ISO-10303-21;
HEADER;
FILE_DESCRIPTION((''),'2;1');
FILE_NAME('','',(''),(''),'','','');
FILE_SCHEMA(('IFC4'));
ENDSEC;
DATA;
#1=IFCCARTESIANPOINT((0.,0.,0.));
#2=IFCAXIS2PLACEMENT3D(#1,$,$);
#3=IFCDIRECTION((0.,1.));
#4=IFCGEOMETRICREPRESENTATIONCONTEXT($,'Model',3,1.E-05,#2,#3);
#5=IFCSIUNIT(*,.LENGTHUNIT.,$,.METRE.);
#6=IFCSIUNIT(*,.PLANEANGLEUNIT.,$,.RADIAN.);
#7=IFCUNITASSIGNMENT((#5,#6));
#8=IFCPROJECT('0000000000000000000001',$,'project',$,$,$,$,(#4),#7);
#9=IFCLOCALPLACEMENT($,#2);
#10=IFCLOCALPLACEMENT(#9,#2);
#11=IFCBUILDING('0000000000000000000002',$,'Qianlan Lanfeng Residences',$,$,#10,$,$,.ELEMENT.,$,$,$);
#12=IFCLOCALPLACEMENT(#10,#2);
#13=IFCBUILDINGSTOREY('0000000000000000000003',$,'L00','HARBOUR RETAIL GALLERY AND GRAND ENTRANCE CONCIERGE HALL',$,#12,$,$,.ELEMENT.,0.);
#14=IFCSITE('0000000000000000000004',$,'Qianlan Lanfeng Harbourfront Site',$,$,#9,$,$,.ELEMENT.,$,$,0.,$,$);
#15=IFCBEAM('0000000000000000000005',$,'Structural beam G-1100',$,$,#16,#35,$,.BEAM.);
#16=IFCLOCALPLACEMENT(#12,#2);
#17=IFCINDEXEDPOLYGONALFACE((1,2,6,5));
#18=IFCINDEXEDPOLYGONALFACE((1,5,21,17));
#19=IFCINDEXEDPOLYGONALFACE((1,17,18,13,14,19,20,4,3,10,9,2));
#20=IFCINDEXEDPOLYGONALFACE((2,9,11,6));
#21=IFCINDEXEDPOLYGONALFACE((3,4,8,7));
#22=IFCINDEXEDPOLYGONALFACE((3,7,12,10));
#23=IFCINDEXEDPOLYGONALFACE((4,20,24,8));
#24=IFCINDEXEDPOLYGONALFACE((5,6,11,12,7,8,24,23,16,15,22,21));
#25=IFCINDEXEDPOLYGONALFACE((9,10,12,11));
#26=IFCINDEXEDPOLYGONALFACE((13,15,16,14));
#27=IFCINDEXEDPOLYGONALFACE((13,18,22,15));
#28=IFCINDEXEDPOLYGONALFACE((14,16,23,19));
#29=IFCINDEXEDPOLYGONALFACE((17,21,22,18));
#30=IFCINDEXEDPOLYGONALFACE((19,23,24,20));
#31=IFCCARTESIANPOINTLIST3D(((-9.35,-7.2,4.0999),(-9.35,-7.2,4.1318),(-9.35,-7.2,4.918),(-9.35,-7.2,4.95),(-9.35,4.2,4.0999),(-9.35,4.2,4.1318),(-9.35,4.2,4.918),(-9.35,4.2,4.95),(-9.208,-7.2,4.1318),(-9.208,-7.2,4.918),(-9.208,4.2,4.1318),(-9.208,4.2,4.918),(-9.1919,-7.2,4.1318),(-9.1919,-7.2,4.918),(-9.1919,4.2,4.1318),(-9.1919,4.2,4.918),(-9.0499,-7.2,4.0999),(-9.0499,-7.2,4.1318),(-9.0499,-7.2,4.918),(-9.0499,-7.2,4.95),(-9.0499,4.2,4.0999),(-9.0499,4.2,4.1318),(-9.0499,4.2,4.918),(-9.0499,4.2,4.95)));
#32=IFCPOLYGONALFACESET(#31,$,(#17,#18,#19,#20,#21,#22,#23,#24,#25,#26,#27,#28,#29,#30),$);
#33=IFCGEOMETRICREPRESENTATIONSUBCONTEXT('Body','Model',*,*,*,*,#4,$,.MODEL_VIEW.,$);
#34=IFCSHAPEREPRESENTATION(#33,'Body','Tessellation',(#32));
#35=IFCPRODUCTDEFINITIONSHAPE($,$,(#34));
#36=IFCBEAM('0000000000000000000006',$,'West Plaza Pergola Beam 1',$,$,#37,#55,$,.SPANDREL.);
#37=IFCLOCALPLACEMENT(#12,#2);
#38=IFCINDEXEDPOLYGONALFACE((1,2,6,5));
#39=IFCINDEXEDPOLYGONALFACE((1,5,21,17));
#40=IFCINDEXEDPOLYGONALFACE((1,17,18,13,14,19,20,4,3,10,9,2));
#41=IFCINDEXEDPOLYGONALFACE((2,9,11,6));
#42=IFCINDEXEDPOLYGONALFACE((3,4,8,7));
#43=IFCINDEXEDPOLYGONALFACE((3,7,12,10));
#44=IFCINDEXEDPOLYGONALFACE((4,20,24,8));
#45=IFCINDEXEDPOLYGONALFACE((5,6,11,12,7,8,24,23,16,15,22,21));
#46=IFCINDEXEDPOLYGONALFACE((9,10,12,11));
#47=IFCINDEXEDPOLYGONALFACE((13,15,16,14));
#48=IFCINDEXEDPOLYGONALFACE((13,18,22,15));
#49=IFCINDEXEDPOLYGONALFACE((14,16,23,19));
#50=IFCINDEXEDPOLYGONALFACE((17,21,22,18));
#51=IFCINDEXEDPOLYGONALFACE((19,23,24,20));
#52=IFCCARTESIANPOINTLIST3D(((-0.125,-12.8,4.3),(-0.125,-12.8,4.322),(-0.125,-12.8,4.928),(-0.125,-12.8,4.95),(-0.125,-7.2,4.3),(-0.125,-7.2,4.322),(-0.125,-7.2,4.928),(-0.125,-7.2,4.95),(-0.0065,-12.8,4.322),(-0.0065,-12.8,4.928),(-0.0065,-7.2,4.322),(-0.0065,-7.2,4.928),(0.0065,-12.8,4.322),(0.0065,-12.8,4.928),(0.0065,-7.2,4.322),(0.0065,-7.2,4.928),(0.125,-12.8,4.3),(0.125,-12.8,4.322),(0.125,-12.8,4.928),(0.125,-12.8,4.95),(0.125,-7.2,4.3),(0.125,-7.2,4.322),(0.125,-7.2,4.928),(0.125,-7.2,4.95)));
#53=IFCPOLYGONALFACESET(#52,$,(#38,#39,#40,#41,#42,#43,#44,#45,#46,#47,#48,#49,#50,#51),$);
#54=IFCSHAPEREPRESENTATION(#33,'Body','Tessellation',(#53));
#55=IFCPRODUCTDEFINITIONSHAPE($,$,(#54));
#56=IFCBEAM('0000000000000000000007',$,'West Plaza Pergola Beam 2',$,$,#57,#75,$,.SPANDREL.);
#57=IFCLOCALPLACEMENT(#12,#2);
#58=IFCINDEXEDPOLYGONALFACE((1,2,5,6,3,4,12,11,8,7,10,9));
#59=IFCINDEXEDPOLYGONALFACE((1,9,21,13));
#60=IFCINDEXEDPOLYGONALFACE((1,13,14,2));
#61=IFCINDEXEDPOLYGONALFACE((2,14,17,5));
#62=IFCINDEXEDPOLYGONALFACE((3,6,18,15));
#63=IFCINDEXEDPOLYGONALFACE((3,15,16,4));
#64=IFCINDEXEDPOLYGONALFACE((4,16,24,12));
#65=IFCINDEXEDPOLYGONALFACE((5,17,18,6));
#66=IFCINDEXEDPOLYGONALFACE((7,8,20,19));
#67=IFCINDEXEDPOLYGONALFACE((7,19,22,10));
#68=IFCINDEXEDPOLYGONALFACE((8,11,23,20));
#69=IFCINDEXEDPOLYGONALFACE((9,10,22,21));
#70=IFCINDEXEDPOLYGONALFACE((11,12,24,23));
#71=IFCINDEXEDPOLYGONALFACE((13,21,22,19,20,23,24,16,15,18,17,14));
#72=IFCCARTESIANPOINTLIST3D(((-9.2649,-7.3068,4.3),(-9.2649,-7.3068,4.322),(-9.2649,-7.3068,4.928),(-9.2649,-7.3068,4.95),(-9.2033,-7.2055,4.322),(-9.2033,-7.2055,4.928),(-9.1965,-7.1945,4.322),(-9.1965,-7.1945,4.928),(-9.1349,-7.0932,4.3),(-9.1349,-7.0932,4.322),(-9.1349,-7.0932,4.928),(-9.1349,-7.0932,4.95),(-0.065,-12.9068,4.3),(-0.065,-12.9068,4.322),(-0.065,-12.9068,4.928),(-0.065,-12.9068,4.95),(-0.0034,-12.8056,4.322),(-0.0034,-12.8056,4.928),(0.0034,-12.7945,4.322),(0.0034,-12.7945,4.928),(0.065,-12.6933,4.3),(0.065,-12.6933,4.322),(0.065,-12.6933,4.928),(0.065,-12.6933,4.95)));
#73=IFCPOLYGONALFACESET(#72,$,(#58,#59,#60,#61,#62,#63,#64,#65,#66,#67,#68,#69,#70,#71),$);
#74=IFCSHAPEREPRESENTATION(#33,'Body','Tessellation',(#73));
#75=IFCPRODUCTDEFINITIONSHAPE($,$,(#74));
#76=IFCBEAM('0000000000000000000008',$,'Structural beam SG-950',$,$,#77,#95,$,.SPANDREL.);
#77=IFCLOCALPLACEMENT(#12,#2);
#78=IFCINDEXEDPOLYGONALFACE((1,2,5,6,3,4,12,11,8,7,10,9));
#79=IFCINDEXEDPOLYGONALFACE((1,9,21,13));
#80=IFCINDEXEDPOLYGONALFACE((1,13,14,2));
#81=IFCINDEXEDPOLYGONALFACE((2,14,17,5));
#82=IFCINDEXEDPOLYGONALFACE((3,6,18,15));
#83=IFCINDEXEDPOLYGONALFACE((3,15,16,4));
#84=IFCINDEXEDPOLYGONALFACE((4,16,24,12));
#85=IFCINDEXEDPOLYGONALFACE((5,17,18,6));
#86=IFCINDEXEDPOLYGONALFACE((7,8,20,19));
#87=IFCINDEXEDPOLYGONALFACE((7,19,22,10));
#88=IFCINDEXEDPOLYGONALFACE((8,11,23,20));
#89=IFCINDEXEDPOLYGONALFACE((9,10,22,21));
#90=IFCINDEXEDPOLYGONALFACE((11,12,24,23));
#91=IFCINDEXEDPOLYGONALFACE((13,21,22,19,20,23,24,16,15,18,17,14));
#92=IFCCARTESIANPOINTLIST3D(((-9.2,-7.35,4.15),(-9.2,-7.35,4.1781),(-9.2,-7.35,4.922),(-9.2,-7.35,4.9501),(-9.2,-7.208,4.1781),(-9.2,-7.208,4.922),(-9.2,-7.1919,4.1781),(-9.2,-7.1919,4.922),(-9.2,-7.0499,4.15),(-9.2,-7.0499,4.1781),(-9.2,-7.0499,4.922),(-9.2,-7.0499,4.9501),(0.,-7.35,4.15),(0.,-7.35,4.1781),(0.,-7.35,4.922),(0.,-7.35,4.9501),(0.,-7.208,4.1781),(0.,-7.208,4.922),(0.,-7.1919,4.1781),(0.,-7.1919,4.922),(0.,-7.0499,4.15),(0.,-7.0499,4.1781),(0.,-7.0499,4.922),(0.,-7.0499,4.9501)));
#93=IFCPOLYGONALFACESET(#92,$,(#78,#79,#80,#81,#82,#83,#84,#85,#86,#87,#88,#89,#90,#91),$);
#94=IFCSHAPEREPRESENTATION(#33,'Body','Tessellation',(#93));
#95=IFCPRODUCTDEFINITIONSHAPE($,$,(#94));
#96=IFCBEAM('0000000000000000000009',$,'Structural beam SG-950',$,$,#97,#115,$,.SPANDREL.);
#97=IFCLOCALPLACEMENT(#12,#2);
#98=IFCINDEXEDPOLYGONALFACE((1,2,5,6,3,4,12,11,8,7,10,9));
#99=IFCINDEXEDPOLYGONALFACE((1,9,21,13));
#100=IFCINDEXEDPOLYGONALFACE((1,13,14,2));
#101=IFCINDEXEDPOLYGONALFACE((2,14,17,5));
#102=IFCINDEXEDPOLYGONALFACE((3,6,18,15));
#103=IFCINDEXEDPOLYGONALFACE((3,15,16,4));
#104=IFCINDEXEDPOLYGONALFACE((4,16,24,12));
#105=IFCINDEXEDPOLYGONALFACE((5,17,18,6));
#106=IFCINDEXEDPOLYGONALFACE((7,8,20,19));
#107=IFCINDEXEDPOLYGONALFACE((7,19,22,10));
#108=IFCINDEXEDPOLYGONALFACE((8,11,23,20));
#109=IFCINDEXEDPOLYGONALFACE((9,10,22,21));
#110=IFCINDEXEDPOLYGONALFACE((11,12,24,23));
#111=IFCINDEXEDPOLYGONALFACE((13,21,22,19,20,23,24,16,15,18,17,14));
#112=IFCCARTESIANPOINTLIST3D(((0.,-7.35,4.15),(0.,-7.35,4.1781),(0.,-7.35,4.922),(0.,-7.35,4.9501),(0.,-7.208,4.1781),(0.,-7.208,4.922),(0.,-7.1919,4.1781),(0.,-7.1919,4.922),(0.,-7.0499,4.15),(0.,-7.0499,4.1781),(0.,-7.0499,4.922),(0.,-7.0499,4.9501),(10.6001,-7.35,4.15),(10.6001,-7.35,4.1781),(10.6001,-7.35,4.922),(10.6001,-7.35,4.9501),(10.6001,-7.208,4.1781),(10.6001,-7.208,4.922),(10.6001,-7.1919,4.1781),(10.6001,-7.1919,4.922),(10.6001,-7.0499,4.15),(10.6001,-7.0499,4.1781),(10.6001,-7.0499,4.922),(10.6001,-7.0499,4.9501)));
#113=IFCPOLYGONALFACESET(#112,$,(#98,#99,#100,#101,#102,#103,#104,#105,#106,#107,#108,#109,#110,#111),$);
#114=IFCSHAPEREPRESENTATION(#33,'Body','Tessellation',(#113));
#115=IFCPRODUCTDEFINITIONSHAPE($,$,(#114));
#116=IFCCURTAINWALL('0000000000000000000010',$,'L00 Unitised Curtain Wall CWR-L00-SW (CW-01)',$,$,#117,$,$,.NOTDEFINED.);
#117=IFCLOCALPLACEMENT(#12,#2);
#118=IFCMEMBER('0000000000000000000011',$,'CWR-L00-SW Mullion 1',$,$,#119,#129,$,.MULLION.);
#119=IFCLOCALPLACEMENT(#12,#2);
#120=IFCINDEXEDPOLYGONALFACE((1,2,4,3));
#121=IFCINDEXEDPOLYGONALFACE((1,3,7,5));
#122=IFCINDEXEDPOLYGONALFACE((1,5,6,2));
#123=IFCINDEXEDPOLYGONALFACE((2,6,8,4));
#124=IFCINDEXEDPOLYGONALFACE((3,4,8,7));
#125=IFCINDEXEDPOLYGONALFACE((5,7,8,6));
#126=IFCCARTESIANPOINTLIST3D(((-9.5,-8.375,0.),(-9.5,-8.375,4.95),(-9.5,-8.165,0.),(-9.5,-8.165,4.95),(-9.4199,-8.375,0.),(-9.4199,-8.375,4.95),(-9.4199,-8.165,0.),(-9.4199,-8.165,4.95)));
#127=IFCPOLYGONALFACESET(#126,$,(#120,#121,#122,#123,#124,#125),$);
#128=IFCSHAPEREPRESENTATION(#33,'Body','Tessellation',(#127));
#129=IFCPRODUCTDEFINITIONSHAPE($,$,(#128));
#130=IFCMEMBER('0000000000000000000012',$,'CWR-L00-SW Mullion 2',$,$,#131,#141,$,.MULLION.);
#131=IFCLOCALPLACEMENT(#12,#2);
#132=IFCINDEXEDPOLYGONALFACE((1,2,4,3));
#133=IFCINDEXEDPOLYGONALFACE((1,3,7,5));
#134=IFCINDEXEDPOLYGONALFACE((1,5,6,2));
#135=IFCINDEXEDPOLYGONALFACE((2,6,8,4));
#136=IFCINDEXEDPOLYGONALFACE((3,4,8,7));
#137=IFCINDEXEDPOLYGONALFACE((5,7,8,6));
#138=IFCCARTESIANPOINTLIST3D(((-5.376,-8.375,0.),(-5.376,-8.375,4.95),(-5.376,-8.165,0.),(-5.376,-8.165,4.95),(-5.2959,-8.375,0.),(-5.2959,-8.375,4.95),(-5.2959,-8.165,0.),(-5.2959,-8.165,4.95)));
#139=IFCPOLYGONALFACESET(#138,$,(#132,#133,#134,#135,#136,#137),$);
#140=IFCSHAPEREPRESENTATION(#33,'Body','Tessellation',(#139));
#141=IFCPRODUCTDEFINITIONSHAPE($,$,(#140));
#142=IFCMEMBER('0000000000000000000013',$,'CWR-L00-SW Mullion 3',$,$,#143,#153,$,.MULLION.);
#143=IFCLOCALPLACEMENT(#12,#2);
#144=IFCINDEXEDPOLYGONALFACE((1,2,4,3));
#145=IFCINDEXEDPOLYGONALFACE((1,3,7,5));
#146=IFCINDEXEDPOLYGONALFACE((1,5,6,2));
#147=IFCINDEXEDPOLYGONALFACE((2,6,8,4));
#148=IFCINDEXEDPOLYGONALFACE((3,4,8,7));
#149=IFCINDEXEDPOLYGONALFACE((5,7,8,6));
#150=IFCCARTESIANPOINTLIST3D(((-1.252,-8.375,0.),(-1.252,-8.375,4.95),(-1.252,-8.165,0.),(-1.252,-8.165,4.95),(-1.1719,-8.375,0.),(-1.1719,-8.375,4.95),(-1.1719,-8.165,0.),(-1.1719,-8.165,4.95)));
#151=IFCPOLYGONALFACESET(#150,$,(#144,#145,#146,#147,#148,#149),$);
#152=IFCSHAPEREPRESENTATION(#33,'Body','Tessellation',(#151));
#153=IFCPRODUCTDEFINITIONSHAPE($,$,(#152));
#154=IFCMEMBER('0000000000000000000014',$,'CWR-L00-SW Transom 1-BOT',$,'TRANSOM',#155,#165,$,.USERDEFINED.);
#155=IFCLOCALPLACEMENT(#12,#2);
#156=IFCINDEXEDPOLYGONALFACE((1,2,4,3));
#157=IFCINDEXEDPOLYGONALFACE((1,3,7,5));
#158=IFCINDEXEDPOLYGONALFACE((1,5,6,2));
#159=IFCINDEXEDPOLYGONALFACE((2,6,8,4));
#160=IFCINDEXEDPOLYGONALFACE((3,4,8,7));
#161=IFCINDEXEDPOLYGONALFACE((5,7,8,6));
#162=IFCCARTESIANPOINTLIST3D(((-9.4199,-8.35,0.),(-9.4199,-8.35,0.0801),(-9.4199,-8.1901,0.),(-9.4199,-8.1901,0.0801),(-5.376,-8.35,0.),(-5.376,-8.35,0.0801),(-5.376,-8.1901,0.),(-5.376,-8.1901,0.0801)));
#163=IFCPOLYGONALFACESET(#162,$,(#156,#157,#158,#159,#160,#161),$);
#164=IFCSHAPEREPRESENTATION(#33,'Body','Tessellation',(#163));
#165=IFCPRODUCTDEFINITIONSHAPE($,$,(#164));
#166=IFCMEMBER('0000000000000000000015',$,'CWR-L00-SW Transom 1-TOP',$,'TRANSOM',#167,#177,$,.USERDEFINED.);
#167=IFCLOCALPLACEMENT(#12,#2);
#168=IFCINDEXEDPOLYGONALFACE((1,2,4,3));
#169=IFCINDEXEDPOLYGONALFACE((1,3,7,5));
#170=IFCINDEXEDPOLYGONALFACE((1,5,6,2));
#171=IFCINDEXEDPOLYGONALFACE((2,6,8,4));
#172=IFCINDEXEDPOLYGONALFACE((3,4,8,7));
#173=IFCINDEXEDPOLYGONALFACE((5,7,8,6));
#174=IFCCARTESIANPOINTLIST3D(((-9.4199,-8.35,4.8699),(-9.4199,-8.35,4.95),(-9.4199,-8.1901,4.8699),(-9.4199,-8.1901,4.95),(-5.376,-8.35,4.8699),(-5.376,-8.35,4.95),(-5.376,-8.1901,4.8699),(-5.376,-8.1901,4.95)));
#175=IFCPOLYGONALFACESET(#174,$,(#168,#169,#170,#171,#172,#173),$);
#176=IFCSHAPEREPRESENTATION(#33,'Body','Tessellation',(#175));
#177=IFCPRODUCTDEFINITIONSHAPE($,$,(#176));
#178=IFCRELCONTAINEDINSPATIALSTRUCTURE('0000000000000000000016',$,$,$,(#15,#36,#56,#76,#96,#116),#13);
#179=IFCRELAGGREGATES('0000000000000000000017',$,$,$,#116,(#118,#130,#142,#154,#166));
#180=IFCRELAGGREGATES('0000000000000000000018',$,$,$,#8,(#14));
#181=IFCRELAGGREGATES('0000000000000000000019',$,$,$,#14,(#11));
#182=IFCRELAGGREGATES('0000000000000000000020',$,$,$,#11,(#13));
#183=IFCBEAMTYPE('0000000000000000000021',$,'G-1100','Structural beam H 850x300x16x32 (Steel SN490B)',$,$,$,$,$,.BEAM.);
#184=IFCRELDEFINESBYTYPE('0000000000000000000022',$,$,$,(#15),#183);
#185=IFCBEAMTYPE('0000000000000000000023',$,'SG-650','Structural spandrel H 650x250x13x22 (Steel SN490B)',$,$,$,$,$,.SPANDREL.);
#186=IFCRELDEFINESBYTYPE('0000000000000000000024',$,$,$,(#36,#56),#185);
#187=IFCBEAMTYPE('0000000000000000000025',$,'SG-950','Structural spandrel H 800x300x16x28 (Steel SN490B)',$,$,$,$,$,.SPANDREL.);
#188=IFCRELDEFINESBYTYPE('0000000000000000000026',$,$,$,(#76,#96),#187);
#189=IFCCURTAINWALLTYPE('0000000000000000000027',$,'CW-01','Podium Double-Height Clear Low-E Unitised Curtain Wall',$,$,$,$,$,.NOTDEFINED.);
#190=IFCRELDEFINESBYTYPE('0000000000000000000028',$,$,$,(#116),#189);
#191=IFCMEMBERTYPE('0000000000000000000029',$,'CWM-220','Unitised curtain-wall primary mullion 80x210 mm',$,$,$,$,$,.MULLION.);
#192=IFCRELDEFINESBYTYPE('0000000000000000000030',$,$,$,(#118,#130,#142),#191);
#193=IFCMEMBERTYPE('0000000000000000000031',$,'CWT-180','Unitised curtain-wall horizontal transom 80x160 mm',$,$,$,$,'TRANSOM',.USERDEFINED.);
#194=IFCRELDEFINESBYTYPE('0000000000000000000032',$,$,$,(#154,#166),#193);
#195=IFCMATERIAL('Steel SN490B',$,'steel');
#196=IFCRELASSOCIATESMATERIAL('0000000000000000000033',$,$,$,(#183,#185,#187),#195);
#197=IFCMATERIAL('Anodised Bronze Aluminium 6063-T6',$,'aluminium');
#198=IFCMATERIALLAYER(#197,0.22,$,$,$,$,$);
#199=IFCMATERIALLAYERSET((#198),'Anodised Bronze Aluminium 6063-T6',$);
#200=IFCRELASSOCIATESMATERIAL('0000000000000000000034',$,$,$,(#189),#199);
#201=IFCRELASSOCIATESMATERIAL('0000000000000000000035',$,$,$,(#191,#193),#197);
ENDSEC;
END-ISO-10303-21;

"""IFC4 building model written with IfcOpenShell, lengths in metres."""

from ifc_helpers import new_model, si_unit, direction, frame, origin, origin_2d, place, context, subcontext, project, spatial, rectangle, i_section, extrude, source, transform, mapped, material, layer, layer_set, material_profile, profile_set, type_object, element, aggregate, save


model = new_model("IFC4")

# Units and contexts
model_context = context("Model", 3, precision=1e-05, world=origin(), true_north=direction((0.0, 1.0)))
body_context = subcontext(model_context, "Body", "Model", "MODEL_VIEW")
ifc_project = project(units=[si_unit("LENGTHUNIT", "METRE"), si_unit("PLANEANGLEUNIT", "RADIAN")], contexts=[model_context])

# Site, building, storey
site_placement = place(None, origin())
site = spatial("IfcSite", under=ifc_project, at=site_placement, Name="Qianlan Lanfeng Harbourfront Site", CompositionType="ELEMENT", RefElevation=0.0)
building_placement = place(site_placement, origin())
building = spatial("IfcBuilding", under=site, at=building_placement, Name="Qianlan Lanfeng Residences", CompositionType="ELEMENT")
storey_placement = place(building_placement, origin())
storey = spatial("IfcBuildingStorey", under=building, at=storey_placement, Name="L00", Description="HARBOUR RETAIL GALLERY AND GRAND ENTRANCE CONCIERGE HALL", CompositionType="ELEMENT", Elevation=0.0)

# Shared definitions
ifc_material_1 = material(Name="Steel SN490B", Category="steel")

# Beams
ifc_material_profile_1 = material_profile(ifc_material_1, i_section(OverallWidth=0.3, OverallDepth=0.8501, WebThickness=0.0161, FlangeThickness=0.032, at=origin_2d()), Name="H 850x300x16x32")
ifc_profile_set_1 = profile_set([ifc_material_profile_1], Name="Steel SN490B")
beam_type_1 = type_object("IfcBeamType", Name="G-1100", Description="Structural beam H 850x300x16x32 (Steel SN490B)", PredefinedType="BEAM", material=ifc_profile_set_1)
beam_1_placement = place(storey_placement, frame((-9.2, -7.2, 4.5249), z_axis=(0.0, 1.0, 0.0), x_axis=(-1.0, 0.0, 0.0)))
element("IfcBeam", 1, at=beam_1_placement, inside=storey, type_object=beam_type_1, Name="Structural beam G-1100", PredefinedType="BEAM", context=body_context, shape_type="SweptSolid", body=[
    extrude(i_section(OverallWidth=0.3, OverallDepth=0.8501, WebThickness=0.0161, FlangeThickness=0.032, at=origin_2d()), origin(), (0.0, 0.0, 1.0), 11.3999),
])
ifc_material_profile_2 = material_profile(ifc_material_1, i_section(OverallWidth=0.25, OverallDepth=0.6499, WebThickness=0.0129, FlangeThickness=0.022, at=origin_2d()), Name="H 650x250x13x22")
ifc_profile_set_2 = profile_set([ifc_material_profile_2], Name="Steel SN490B")
beam_type_2 = type_object("IfcBeamType", Name="SG-650", Description="Structural spandrel H 650x250x13x22 (Steel SN490B)", PredefinedType="SPANDREL", material=ifc_profile_set_2)
beam_2_placement = place(storey_placement, frame((0.0, -12.8, 4.625), z_axis=(0.0, 1.0, 0.0), x_axis=(-1.0, 0.0, 0.0)))
element("IfcBeam", 2, at=beam_2_placement, inside=storey, type_object=beam_type_2, Name="West Plaza Pergola Beam 1", PredefinedType="SPANDREL", context=body_context, shape_type="SweptSolid", body=[
    extrude(i_section(OverallWidth=0.25, OverallDepth=0.6499, WebThickness=0.0129, FlangeThickness=0.022, at=origin_2d()), origin(), (0.0, 0.0, 1.0), 5.6001),
])
beam_3_placement = place(storey_placement, frame((0.0, -12.8, 4.625), z_axis=(-0.854193, 0.519956, 0.0), x_axis=(-0.519956, -0.854193, 0.0)))
element("IfcBeam", 3, at=beam_3_placement, inside=storey, type_object=beam_type_2, Name="West Plaza Pergola Beam 2", PredefinedType="SPANDREL", context=body_context, shape_type="SweptSolid", body=[
    extrude(i_section(OverallWidth=0.25, OverallDepth=0.6499, WebThickness=0.0129, FlangeThickness=0.022, at=origin_2d()), origin(), (0.0, 0.0, 1.0), 10.7703),
])
ifc_material_profile_3 = material_profile(ifc_material_1, i_section(OverallWidth=0.3, OverallDepth=0.8, WebThickness=0.0161, FlangeThickness=0.0281, at=origin_2d()), Name="H 800x300x16x28")
ifc_profile_set_3 = profile_set([ifc_material_profile_3], Name="Steel SN490B")
beam_type_3 = type_object("IfcBeamType", Name="SG-950", Description="Structural spandrel H 800x300x16x28 (Steel SN490B)", PredefinedType="SPANDREL", material=ifc_profile_set_3)
beam_4_placement = place(storey_placement, frame((-9.2, -7.2, 4.55), z_axis=(1.0, 0.0, 0.0), x_axis=(0.0, 1.0, 0.0)))
element("IfcBeam", 4, at=beam_4_placement, inside=storey, type_object=beam_type_3, Name="Structural beam SG-950", PredefinedType="SPANDREL", context=body_context, shape_type="SweptSolid", body=[
    extrude(i_section(OverallWidth=0.3, OverallDepth=0.8, WebThickness=0.0161, FlangeThickness=0.0281, at=origin_2d()), origin(), (0.0, 0.0, 1.0), 9.2),
])
beam_5_placement = place(storey_placement, frame((0.0, -7.2, 4.55), z_axis=(1.0, 0.0, 0.0), x_axis=(0.0, 1.0, 0.0)))
element("IfcBeam", 5, at=beam_5_placement, inside=storey, type_object=beam_type_3, Name="Structural beam SG-950", PredefinedType="SPANDREL", context=body_context, shape_type="SweptSolid", body=[
    extrude(i_section(OverallWidth=0.3, OverallDepth=0.8, WebThickness=0.0161, FlangeThickness=0.0281, at=origin_2d()), origin(), (0.0, 0.0, 1.0), 10.6001),
])

# Curtain wall, members
ifc_material_2 = material(Name="Anodised Bronze Aluminium 6063-T6", Category="aluminium")
ifc_layer_1 = layer(ifc_material_2, 0.22)
ifc_layer_set_1 = layer_set([ifc_layer_1], Name="Anodised Bronze Aluminium 6063-T6")
curtain_wall_type = type_object("IfcCurtainWallType", Name="CW-01", Description="Podium Double-Height Clear Low-E Unitised Curtain Wall", PredefinedType="NOTDEFINED", material=ifc_layer_set_1)
curtain_wall_placement = place(storey_placement, origin())
curtain_wall = element("IfcCurtainWall", 6, at=curtain_wall_placement, inside=storey, type_object=curtain_wall_type, Name="L00 Unitised Curtain Wall CWR-L00-SW (CW-01)", PredefinedType="NOTDEFINED")
ifc_material_profile_4 = material_profile(ifc_material_2, rectangle(XDim=0.0801, YDim=0.21, at=origin_2d()), Name="ALU MULLION 80x210")
ifc_profile_set_4 = profile_set([ifc_material_profile_4], Name="Anodised Bronze Aluminium 6063-T6")
member_type_1 = type_object("IfcMemberType", Name="CWM-220", Description="Unitised curtain-wall primary mullion 80x210 mm", PredefinedType="MULLION", material=ifc_profile_set_4)
shared_shape_1 = source(origin(), body_context, "Body", "SweptSolid", [
    extrude(rectangle(XDim=0.0801, YDim=0.21, at=origin_2d()), origin(), (0.0, 0.0, 1.0), 4.95),
])
member_1_placement = place(storey_placement, frame((-9.46, -8.27, 0.0), z_axis=(0.0, 0.0, 1.0), x_axis=(1.0, 0.0, 0.0)))
member_1 = element("IfcMember", 7, at=member_1_placement, type_object=member_type_1, Name="CWR-L00-SW Mullion 1", PredefinedType="MULLION", context=body_context, shape_type="MappedRepresentation", body=[
    mapped(shared_shape_1, transform((0.0, 0.0, 0.0), scale=1.0)),
])
member_2_placement = place(storey_placement, frame((-5.3359, -8.27, 0.0), z_axis=(0.0, 0.0, 1.0), x_axis=(1.0, 0.0, 0.0)))
member_2 = element("IfcMember", 8, at=member_2_placement, type_object=member_type_1, Name="CWR-L00-SW Mullion 2", PredefinedType="MULLION", context=body_context, shape_type="MappedRepresentation", body=[
    mapped(shared_shape_1, transform((0.0, 0.0, 0.0), scale=1.0)),
])
member_3_placement = place(storey_placement, frame((-1.2119, -8.27, 0.0), z_axis=(0.0, 0.0, 1.0), x_axis=(1.0, 0.0, 0.0)))
member_3 = element("IfcMember", 9, at=member_3_placement, type_object=member_type_1, Name="CWR-L00-SW Mullion 3", PredefinedType="MULLION", context=body_context, shape_type="MappedRepresentation", body=[
    mapped(shared_shape_1, transform((0.0, 0.0, 0.0), scale=1.0)),
])
ifc_material_profile_5 = material_profile(ifc_material_2, rectangle(XDim=0.0801, YDim=0.1599, at=origin_2d()), Name="ALU TRANSOM 80x160")
ifc_profile_set_5 = profile_set([ifc_material_profile_5], Name="Anodised Bronze Aluminium 6063-T6")
member_type_2 = type_object("IfcMemberType", Name="CWT-180", Description="Unitised curtain-wall horizontal transom 80x160 mm", ElementType="TRANSOM", PredefinedType="USERDEFINED", material=ifc_profile_set_5)
shared_shape_2 = source(origin(), body_context, "Body", "SweptSolid", [
    extrude(rectangle(XDim=0.0801, YDim=0.1599, at=origin_2d()), origin(), (0.0, 0.0, 1.0), 4.0439),
])
member_4_placement = place(storey_placement, frame((-9.4199, -8.27, 0.04), z_axis=(1.0, 0.0, 0.0), x_axis=(0.0, 0.0, 1.0)))
member_4 = element("IfcMember", 10, at=member_4_placement, type_object=member_type_2, Name="CWR-L00-SW Transom 1-BOT", ObjectType="TRANSOM", PredefinedType="USERDEFINED", context=body_context, shape_type="MappedRepresentation", body=[
    mapped(shared_shape_2, transform((0.0, 0.0, 0.0), scale=1.0)),
])
member_5_placement = place(storey_placement, frame((-9.4199, -8.27, 4.9099), z_axis=(1.0, 0.0, 0.0), x_axis=(0.0, 0.0, 1.0)))
member_5 = element("IfcMember", 11, at=member_5_placement, type_object=member_type_2, Name="CWR-L00-SW Transom 1-TOP", ObjectType="TRANSOM", PredefinedType="USERDEFINED", context=body_context, shape_type="MappedRepresentation", body=[
    mapped(shared_shape_2, transform((0.0, 0.0, 0.0), scale=1.0)),
])

aggregate(curtain_wall, [member_1, member_2, member_3, member_4, member_5])

save(model, "model.ifc")
